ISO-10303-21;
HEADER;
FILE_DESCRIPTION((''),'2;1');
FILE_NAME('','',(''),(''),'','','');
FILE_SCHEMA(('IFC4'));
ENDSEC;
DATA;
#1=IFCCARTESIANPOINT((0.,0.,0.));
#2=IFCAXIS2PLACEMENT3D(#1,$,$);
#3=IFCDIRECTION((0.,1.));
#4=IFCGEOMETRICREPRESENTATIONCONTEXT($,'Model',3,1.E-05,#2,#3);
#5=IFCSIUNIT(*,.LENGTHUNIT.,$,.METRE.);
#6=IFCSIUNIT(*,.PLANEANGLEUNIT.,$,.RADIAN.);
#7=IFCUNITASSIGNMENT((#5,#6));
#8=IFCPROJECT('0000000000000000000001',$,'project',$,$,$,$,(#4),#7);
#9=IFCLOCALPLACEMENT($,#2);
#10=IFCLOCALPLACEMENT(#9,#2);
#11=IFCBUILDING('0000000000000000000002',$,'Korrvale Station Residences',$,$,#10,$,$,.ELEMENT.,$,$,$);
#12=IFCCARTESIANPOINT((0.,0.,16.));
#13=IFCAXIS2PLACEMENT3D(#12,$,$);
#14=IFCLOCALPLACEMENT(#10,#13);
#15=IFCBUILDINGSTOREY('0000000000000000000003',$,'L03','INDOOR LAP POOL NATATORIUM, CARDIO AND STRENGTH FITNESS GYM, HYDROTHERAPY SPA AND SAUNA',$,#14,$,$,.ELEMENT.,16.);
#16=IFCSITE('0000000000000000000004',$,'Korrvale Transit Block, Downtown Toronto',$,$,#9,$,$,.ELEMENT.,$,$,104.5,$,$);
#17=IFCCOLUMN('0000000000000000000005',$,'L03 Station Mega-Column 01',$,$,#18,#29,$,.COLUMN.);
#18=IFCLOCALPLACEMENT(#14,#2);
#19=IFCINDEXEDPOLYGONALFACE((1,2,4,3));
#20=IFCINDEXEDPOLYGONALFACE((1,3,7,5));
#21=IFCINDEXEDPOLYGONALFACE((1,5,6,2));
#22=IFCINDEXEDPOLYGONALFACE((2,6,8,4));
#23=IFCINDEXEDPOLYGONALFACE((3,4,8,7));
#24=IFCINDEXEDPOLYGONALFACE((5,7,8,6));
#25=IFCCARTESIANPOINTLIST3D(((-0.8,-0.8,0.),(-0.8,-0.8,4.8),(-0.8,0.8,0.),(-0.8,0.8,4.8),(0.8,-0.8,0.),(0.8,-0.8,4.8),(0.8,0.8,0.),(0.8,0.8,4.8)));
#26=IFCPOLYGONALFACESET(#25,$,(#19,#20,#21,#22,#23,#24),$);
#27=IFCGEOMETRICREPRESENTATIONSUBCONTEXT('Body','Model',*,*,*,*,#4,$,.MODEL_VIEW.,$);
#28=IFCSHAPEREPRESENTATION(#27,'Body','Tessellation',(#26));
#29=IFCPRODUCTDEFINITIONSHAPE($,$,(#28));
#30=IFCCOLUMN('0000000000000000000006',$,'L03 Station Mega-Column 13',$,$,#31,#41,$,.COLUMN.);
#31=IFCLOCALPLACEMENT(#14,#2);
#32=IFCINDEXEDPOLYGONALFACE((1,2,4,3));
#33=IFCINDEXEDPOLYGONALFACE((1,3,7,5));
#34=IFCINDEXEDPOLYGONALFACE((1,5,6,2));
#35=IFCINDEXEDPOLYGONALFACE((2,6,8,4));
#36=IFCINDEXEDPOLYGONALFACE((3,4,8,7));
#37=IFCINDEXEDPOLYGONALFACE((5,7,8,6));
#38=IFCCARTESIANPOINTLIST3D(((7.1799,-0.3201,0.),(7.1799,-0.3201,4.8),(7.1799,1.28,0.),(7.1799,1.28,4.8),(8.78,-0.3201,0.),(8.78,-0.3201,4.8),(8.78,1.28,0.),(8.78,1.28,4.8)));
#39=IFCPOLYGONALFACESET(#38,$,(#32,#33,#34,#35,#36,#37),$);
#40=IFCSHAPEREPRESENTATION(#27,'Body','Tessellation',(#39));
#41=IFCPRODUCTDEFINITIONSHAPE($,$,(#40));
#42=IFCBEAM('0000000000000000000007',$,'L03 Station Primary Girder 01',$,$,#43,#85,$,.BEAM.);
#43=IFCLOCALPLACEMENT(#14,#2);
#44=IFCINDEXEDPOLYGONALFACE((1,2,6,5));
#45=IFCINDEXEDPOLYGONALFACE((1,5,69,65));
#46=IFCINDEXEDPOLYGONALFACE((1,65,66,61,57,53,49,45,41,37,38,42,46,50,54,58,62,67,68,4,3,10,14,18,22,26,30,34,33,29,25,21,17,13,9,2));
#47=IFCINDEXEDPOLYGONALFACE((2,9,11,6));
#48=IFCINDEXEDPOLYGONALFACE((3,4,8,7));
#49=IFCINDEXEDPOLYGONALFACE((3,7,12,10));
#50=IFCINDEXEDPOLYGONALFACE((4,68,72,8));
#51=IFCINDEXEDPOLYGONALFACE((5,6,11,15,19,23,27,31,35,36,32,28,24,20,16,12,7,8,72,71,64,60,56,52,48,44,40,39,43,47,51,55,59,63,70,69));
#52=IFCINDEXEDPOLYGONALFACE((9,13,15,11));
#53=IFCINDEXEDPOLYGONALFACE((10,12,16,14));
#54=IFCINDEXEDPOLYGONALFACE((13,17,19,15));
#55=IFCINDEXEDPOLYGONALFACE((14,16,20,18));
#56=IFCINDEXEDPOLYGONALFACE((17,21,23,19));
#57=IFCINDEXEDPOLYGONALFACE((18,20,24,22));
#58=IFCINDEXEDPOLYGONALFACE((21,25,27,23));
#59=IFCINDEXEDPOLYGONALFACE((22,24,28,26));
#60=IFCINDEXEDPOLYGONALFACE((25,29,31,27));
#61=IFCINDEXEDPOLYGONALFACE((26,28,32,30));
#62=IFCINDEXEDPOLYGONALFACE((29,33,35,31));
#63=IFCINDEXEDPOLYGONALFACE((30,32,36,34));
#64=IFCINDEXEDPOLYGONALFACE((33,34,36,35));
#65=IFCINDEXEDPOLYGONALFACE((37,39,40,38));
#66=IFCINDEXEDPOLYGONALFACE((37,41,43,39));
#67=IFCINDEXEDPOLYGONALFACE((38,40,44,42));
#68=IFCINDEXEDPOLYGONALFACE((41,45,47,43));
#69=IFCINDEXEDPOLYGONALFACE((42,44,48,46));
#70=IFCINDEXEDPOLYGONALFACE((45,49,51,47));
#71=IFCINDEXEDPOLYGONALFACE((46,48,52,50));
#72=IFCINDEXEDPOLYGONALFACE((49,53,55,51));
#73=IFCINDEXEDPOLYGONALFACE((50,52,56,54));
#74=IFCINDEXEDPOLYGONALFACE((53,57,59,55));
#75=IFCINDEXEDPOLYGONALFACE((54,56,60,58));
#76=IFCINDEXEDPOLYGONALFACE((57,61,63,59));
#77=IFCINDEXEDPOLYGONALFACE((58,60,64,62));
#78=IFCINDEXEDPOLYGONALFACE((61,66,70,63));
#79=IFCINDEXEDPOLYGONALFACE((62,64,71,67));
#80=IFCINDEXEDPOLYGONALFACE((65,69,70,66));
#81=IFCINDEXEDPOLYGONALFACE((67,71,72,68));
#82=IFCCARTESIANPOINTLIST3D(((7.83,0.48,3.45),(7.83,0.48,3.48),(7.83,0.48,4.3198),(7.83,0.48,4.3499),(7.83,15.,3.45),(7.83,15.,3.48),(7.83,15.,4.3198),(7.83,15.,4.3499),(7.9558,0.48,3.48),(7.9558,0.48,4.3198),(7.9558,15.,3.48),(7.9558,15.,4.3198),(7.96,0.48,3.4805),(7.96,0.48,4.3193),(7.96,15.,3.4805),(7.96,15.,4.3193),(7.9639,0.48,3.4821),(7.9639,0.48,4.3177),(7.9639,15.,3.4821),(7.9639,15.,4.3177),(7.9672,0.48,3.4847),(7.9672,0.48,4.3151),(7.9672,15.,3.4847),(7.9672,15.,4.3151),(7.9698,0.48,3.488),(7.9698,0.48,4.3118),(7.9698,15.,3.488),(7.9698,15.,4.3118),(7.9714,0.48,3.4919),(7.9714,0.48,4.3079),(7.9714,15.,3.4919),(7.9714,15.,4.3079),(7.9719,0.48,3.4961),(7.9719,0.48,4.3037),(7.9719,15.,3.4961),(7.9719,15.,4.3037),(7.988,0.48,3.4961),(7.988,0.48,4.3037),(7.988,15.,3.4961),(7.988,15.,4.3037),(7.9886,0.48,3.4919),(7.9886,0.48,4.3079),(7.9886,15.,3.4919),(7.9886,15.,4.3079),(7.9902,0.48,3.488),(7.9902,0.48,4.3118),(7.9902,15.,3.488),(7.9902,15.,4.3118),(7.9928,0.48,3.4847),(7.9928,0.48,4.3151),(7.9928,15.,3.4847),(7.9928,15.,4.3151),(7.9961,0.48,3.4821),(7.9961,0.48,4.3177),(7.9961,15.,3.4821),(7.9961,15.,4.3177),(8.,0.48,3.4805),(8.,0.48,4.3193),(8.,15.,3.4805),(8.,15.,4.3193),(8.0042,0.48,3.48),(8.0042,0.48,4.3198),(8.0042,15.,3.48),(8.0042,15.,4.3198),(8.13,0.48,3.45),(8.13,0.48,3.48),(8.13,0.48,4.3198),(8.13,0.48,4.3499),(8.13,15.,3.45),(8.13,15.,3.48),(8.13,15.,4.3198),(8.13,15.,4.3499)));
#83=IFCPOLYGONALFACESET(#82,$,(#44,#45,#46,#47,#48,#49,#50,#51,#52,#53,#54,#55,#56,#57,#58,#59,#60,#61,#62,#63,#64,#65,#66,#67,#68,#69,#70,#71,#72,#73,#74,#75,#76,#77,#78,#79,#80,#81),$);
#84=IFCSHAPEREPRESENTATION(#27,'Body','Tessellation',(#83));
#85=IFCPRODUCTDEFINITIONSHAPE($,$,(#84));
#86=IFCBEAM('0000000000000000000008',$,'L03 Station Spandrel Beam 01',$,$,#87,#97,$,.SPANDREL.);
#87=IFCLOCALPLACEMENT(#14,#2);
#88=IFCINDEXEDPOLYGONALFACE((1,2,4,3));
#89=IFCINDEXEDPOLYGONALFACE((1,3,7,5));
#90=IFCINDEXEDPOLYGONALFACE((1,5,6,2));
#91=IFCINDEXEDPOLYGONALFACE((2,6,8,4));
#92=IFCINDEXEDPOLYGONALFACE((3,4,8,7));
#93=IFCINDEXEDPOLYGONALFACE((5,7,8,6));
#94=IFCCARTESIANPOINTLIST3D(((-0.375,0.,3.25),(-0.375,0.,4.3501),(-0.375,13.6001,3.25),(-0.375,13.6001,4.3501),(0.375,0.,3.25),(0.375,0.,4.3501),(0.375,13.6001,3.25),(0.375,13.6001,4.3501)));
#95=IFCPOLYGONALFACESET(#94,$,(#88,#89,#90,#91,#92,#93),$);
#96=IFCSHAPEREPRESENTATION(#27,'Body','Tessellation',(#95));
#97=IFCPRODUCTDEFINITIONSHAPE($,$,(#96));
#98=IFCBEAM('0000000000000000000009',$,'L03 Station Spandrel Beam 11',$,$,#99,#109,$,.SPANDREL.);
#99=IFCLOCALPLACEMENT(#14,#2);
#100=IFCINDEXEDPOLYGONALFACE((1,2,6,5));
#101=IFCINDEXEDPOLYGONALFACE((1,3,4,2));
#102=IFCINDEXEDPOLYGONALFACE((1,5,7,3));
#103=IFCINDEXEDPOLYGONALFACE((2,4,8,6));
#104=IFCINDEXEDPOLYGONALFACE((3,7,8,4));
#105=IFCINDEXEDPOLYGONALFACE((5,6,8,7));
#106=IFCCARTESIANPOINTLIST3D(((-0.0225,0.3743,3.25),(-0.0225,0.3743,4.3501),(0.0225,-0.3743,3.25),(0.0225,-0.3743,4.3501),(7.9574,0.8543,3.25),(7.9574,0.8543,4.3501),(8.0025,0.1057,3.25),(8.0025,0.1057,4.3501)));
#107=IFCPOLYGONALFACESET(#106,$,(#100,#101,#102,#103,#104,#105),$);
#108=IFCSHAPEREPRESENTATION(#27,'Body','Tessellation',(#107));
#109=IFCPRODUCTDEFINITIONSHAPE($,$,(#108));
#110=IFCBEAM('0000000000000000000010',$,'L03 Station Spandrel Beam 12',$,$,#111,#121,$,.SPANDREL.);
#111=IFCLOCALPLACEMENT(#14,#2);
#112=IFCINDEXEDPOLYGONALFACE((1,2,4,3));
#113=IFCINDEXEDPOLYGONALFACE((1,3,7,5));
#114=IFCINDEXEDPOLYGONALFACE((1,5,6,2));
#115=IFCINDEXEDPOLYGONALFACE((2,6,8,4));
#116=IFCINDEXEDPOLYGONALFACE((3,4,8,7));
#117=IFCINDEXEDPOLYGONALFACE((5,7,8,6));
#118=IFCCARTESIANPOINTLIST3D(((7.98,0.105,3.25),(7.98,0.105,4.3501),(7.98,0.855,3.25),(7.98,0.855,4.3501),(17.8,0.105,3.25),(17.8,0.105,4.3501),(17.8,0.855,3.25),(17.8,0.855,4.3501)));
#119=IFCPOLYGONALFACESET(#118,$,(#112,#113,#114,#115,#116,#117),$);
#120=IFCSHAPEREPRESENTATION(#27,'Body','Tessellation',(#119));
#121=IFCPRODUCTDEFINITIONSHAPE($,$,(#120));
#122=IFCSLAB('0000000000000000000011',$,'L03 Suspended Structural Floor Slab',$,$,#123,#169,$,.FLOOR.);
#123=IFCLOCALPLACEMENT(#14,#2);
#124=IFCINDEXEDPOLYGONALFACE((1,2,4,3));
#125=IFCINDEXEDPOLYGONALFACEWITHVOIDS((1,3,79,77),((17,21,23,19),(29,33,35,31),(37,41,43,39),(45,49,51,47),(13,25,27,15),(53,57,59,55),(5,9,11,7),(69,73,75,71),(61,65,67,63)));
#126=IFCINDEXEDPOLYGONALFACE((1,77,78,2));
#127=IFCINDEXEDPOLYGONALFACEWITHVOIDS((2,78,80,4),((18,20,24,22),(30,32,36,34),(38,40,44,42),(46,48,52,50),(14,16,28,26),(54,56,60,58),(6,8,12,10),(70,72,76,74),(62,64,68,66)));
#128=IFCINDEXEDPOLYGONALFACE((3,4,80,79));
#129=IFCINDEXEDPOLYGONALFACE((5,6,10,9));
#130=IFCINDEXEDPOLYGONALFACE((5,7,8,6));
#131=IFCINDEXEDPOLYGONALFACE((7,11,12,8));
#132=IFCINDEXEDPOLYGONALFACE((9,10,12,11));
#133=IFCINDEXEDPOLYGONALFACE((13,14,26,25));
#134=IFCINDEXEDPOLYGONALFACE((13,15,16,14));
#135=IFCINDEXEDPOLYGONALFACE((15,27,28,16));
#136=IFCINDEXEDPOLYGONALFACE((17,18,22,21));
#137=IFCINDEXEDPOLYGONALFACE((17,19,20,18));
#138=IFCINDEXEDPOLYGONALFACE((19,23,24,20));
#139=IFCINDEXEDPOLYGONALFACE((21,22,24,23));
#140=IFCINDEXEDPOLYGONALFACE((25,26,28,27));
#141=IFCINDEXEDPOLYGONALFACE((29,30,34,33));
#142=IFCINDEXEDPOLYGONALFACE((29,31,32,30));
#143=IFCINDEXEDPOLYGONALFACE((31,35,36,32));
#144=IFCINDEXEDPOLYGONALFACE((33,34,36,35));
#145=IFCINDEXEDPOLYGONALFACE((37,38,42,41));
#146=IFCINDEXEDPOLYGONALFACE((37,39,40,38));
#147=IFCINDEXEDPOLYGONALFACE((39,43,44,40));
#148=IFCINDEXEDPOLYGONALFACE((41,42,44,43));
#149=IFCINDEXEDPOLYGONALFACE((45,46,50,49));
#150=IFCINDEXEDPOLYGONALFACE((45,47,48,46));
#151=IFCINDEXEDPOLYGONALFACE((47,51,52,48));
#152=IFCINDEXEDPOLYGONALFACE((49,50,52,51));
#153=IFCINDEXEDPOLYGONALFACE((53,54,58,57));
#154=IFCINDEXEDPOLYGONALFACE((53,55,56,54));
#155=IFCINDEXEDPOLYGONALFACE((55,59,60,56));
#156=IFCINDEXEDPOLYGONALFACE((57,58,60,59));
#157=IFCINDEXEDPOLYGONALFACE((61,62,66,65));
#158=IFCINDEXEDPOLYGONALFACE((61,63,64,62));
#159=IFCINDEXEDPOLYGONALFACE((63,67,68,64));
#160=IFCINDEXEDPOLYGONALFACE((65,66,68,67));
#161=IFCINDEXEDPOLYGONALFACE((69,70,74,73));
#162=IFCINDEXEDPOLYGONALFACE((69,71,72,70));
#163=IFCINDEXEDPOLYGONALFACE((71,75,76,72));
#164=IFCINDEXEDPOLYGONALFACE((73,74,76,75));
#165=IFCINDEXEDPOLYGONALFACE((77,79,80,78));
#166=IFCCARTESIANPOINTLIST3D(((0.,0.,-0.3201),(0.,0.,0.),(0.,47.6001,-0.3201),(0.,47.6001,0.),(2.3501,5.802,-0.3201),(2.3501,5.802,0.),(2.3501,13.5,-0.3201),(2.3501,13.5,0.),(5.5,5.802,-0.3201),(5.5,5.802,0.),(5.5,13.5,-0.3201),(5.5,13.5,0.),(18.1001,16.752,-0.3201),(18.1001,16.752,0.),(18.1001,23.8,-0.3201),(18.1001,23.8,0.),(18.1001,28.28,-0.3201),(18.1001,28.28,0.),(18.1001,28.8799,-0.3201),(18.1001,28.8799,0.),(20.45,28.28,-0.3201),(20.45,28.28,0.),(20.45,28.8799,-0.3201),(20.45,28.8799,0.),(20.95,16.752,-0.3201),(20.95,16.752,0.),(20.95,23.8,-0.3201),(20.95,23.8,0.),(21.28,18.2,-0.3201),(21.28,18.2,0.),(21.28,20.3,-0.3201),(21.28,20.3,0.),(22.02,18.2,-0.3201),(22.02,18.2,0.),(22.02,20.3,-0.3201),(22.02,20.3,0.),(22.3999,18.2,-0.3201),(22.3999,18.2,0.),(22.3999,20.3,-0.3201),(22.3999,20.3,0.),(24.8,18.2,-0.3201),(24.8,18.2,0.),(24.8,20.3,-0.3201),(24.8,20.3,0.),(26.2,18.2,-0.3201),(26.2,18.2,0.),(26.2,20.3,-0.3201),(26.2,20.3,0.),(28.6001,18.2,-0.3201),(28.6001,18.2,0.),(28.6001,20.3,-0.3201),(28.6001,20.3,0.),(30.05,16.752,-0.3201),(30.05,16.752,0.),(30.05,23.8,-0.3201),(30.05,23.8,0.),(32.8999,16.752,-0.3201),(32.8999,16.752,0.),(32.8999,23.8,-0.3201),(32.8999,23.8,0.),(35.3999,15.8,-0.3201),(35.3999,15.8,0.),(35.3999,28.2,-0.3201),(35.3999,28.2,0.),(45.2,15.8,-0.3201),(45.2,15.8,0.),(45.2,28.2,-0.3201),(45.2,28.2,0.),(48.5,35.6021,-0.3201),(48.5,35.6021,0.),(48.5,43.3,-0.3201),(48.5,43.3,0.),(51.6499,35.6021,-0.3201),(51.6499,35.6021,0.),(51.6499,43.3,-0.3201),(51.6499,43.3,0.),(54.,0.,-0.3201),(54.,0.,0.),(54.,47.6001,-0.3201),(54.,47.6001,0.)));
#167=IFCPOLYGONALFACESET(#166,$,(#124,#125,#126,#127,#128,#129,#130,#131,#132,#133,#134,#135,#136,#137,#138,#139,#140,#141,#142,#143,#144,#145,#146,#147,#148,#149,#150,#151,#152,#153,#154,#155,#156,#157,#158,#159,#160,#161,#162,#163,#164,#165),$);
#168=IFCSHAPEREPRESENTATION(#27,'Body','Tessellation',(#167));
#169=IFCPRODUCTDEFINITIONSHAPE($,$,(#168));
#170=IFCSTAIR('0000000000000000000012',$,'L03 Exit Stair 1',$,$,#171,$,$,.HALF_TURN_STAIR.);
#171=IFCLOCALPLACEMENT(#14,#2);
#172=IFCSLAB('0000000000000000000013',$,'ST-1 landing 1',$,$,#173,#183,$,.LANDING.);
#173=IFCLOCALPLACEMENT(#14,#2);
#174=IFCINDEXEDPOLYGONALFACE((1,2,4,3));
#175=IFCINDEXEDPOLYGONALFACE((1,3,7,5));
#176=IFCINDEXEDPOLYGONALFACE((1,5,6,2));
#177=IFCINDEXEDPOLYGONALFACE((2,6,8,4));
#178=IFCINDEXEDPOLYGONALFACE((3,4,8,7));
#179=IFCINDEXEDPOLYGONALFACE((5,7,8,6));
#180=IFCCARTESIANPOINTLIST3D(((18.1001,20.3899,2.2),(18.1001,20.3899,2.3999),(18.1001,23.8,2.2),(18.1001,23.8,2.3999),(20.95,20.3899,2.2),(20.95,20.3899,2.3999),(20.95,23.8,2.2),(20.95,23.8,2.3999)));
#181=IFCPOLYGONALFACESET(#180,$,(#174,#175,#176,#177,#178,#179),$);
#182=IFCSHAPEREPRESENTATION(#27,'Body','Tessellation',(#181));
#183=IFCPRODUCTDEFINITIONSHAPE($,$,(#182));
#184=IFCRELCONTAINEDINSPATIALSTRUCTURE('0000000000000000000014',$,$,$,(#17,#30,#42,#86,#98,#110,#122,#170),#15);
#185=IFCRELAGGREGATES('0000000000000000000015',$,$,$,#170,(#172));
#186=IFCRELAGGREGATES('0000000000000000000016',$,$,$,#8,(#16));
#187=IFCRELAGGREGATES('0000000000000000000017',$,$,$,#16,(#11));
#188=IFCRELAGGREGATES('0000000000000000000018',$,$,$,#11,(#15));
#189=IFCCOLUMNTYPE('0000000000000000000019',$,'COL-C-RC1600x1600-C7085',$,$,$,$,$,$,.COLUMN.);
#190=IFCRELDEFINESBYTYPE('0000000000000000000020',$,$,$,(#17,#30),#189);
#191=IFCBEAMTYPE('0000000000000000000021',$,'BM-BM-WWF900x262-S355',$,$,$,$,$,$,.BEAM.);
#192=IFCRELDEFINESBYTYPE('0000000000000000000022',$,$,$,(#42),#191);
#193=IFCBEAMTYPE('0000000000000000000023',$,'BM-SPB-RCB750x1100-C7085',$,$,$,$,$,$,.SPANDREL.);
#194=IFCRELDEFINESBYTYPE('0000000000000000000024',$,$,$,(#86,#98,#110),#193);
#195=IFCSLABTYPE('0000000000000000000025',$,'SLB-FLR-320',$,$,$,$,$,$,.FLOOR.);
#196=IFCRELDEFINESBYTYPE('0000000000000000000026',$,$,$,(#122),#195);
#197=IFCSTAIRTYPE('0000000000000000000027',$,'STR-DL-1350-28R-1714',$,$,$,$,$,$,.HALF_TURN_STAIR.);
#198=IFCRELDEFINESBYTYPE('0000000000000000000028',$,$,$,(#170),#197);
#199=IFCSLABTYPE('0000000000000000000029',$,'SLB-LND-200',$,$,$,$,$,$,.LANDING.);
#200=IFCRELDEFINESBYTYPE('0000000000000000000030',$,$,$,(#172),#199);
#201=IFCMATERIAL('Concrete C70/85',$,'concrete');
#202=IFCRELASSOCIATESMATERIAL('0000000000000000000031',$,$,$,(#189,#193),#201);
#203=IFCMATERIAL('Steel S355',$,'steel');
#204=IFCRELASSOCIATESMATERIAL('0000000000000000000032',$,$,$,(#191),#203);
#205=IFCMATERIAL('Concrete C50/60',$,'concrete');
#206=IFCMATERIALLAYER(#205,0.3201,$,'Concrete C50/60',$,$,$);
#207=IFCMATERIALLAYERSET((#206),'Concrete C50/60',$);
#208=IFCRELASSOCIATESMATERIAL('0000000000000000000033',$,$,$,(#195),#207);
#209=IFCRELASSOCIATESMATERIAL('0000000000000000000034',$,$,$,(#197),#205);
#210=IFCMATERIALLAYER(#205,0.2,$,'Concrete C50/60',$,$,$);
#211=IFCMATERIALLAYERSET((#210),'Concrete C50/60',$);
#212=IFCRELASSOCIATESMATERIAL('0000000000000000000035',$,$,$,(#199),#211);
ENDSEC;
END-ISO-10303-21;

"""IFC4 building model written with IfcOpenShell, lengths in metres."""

from ifc_helpers import new_model, si_unit, direction, frame, origin, origin_2d, place, context, subcontext, project, spatial, polyline, rectangle, i_section, outline, extrude, material, layer, layer_set, material_profile, profile_set, type_object, element, aggregate, save


model = new_model("IFC4")

# Units and contexts
model_context = context("Model", 3, precision=1e-05, world=origin(), true_north=direction((0.0, 1.0)))
body_context = subcontext(model_context, "Body", "Model", "MODEL_VIEW")
ifc_project = project(units=[si_unit("LENGTHUNIT", "METRE"), si_unit("PLANEANGLEUNIT", "RADIAN")], contexts=[model_context])

# Site, building, storey
site_placement = place(None, origin())
site = spatial("IfcSite", under=ifc_project, at=site_placement, Name="Korrvale Transit Block, Downtown Toronto", CompositionType="ELEMENT", RefElevation=104.5)
building_placement = place(site_placement, origin())
building = spatial("IfcBuilding", under=site, at=building_placement, Name="Korrvale Station Residences", CompositionType="ELEMENT")
storey_placement = place(building_placement, frame((0.0, 0.0, 16.0)))
storey = spatial("IfcBuildingStorey", under=building, at=storey_placement, Name="L03", Description="INDOOR LAP POOL NATATORIUM, CARDIO AND STRENGTH FITNESS GYM, HYDROTHERAPY SPA AND SAUNA", CompositionType="ELEMENT", Elevation=16.0)

# Columns
ifc_material_1 = material(Name="Concrete C70/85", Category="concrete")
ifc_material_profile_1 = material_profile(ifc_material_1, rectangle(XDim=1.6001, YDim=1.6001, at=origin_2d()), Name="RC1600x1600")
ifc_profile_set_1 = profile_set([ifc_material_profile_1], Name="Concrete C70/85")
column_type = type_object("IfcColumnType", Name="COL-C-RC1600x1600-C7085", PredefinedType="COLUMN", material=ifc_profile_set_1)
for number, where, z_axis, x_axis, name in (
    (1, (0.0, 0.0, 0.0), (0.0, 0.0, 1.0), (1.0, 0.0, 0.0), "L03 Station Mega-Column 01"),
    (2, (7.98, 0.48, 0.0), (0.0, 0.0, 1.0), (1.0, 0.0, 0.0), "L03 Station Mega-Column 13"),
):
    element("IfcColumn", number, at=place(storey_placement, frame(where, z_axis=z_axis, x_axis=x_axis)), inside=storey, type_object=column_type, Name=name, PredefinedType="COLUMN", context=body_context, shape_type="SweptSolid", body=[
        extrude(rectangle(XDim=1.6001, YDim=1.6001, at=origin_2d()), origin(), (0.0, 0.0, 1.0), 4.8),
    ])

# Beams
ifc_material_2 = material(Name="Steel S355", Category="steel")
ifc_material_profile_2 = material_profile(ifc_material_2, i_section(OverallWidth=0.3, OverallDepth=0.8999, WebThickness=0.0161, FlangeThickness=0.03, FilletRadius=0.0161, at=origin_2d()), Name="WWF900x262")
ifc_profile_set_2 = profile_set([ifc_material_profile_2], Name="Steel S355")
beam_type_1 = type_object("IfcBeamType", Name="BM-BM-WWF900x262-S355", PredefinedType="BEAM", material=ifc_profile_set_2)
beam_1_placement = place(storey_placement, frame((7.98, 0.48, 3.8999), z_axis=(0.0, 1.0, 0.0), x_axis=(-1.0, 0.0, 0.0)))
element("IfcBeam", 3, at=beam_1_placement, inside=storey, type_object=beam_type_1, Name="L03 Station Primary Girder 01", PredefinedType="BEAM", context=body_context, shape_type="SweptSolid", body=[
    extrude(i_section(OverallWidth=0.3, OverallDepth=0.8999, WebThickness=0.0161, FlangeThickness=0.03, FilletRadius=0.0161, at=origin_2d()), origin(), (0.0, 0.0, 1.0), 14.52),
])
ifc_material_profile_3 = material_profile(ifc_material_1, rectangle(XDim=0.75, YDim=1.1001, at=origin_2d()), Name="RCB750x1100")
ifc_profile_set_3 = profile_set([ifc_material_profile_3], Name="Concrete C70/85")
beam_type_2 = type_object("IfcBeamType", Name="BM-SPB-RCB750x1100-C7085", PredefinedType="SPANDREL", material=ifc_profile_set_3)
beam_2_placement = place(storey_placement, frame((0.0, 0.0, 3.8), z_axis=(0.0, 1.0, 0.0), x_axis=(-1.0, 0.0, 0.0)))
element("IfcBeam", 4, at=beam_2_placement, inside=storey, type_object=beam_type_2, Name="L03 Station Spandrel Beam 01", PredefinedType="SPANDREL", context=body_context, shape_type="SweptSolid", body=[
    extrude(rectangle(XDim=0.75, YDim=1.1001, at=origin_2d()), origin(), (0.0, 0.0, 1.0), 13.6001),
])
beam_3_placement = place(storey_placement, frame((0.0, 0.0, 3.8), z_axis=(0.998196, 0.06004, 0.0), x_axis=(-0.06004, 0.998196, 0.0)))
element("IfcBeam", 5, at=beam_3_placement, inside=storey, type_object=beam_type_2, Name="L03 Station Spandrel Beam 11", PredefinedType="SPANDREL", context=body_context, shape_type="SweptSolid", body=[
    extrude(rectangle(XDim=0.75, YDim=1.1001, at=origin_2d()), origin(), (0.0, 0.0, 1.0), 7.9944),
])
beam_4_placement = place(storey_placement, frame((7.98, 0.48, 3.8), z_axis=(1.0, 0.0, 0.0), x_axis=(0.0, 1.0, 0.0)))
element("IfcBeam", 6, at=beam_4_placement, inside=storey, type_object=beam_type_2, Name="L03 Station Spandrel Beam 12", PredefinedType="SPANDREL", context=body_context, shape_type="SweptSolid", body=[
    extrude(rectangle(XDim=0.75, YDim=1.1001, at=origin_2d()), origin(), (0.0, 0.0, 1.0), 9.8201),
])

# Slab
ifc_material_3 = material(Name="Concrete C50/60", Category="concrete")
ifc_layer_1 = layer(ifc_material_3, 0.3201, Name="Concrete C50/60")
ifc_layer_set_1 = layer_set([ifc_layer_1], Name="Concrete C50/60")
slab_type_1 = type_object("IfcSlabType", Name="SLB-FLR-320", PredefinedType="FLOOR", material=ifc_layer_set_1)
slab_1_placement = place(storey_placement, frame((0.0, 0.0, -0.3201)))
element("IfcSlab", 7, at=slab_1_placement, inside=storey, type_object=slab_type_1, Name="L03 Suspended Structural Floor Slab", PredefinedType="FLOOR", context=body_context, shape_type="SweptSolid", body=[
    extrude(outline(polyline([(0.0, 0.0), (54.0, 0.0), (54.0, 47.6001), (0.0, 47.6001), (0.0, 0.0)]), holes=[polyline([(20.95, 16.752), (20.95, 23.8), (18.1001, 23.8), (18.1001, 16.752), (20.95, 16.752)]), polyline([(32.8999, 16.752), (32.8999, 23.8), (30.05, 23.8), (30.05, 16.752), (32.8999, 16.752)]), polyline([(5.5, 5.802), (5.5, 13.5), (2.3501, 13.5), (2.3501, 5.802), (5.5, 5.802)]), polyline([(51.6499, 35.6021), (51.6499, 43.3), (48.5, 43.3), (48.5, 35.6021), (51.6499, 35.6021)]), polyline([(35.3999, 15.8), (45.2, 15.8), (45.2, 28.2), (35.3999, 28.2), (35.3999, 15.8)]), polyline([(22.3999, 18.2), (24.8, 18.2), (24.8, 20.3), (22.3999, 20.3), (22.3999, 18.2)]), polyline([(26.2, 18.2), (28.6001, 18.2), (28.6001, 20.3), (26.2, 20.3), (26.2, 18.2)]), polyline([(18.1001, 28.28), (20.45, 28.28), (20.45, 28.8799), (18.1001, 28.8799), (18.1001, 28.28)]), polyline([(21.28, 18.2), (22.02, 18.2), (22.02, 20.3), (21.28, 20.3), (21.28, 18.2)])]), origin(), (0.0, 0.0, 1.0), 0.3201),
])

# Stair, slab
stair_type_1 = type_object("IfcStairType", Name="STR-DL-1350-28R-1714", PredefinedType="HALF_TURN_STAIR", material=ifc_material_3)
stair_1_placement = place(storey_placement, origin())
stair_1 = element("IfcStair", 8, at=stair_1_placement, inside=storey, type_object=stair_type_1, Name="L03 Exit Stair 1", PredefinedType="HALF_TURN_STAIR")
ifc_layer_2 = layer(ifc_material_3, 0.2, Name="Concrete C50/60")
ifc_layer_set_2 = layer_set([ifc_layer_2], Name="Concrete C50/60")
slab_type_2 = type_object("IfcSlabType", Name="SLB-LND-200", PredefinedType="LANDING", material=ifc_layer_set_2)
slab_2_placement = place(storey_placement, frame((0.0, 0.0, 2.2)))
slab_2 = element("IfcSlab", 9, at=slab_2_placement, type_object=slab_type_2, Name="ST-1 landing 1", PredefinedType="LANDING", context=body_context, shape_type="SweptSolid", body=[
    extrude(outline(polyline([(20.95, 20.3899), (20.95, 23.8), (18.1001, 23.8), (18.1001, 20.3899), (20.95, 20.3899)])), origin(), (0.0, 0.0, 1.0), 0.2),
])
aggregate(stair_1, [slab_2])

save(model, "model.ifc")
